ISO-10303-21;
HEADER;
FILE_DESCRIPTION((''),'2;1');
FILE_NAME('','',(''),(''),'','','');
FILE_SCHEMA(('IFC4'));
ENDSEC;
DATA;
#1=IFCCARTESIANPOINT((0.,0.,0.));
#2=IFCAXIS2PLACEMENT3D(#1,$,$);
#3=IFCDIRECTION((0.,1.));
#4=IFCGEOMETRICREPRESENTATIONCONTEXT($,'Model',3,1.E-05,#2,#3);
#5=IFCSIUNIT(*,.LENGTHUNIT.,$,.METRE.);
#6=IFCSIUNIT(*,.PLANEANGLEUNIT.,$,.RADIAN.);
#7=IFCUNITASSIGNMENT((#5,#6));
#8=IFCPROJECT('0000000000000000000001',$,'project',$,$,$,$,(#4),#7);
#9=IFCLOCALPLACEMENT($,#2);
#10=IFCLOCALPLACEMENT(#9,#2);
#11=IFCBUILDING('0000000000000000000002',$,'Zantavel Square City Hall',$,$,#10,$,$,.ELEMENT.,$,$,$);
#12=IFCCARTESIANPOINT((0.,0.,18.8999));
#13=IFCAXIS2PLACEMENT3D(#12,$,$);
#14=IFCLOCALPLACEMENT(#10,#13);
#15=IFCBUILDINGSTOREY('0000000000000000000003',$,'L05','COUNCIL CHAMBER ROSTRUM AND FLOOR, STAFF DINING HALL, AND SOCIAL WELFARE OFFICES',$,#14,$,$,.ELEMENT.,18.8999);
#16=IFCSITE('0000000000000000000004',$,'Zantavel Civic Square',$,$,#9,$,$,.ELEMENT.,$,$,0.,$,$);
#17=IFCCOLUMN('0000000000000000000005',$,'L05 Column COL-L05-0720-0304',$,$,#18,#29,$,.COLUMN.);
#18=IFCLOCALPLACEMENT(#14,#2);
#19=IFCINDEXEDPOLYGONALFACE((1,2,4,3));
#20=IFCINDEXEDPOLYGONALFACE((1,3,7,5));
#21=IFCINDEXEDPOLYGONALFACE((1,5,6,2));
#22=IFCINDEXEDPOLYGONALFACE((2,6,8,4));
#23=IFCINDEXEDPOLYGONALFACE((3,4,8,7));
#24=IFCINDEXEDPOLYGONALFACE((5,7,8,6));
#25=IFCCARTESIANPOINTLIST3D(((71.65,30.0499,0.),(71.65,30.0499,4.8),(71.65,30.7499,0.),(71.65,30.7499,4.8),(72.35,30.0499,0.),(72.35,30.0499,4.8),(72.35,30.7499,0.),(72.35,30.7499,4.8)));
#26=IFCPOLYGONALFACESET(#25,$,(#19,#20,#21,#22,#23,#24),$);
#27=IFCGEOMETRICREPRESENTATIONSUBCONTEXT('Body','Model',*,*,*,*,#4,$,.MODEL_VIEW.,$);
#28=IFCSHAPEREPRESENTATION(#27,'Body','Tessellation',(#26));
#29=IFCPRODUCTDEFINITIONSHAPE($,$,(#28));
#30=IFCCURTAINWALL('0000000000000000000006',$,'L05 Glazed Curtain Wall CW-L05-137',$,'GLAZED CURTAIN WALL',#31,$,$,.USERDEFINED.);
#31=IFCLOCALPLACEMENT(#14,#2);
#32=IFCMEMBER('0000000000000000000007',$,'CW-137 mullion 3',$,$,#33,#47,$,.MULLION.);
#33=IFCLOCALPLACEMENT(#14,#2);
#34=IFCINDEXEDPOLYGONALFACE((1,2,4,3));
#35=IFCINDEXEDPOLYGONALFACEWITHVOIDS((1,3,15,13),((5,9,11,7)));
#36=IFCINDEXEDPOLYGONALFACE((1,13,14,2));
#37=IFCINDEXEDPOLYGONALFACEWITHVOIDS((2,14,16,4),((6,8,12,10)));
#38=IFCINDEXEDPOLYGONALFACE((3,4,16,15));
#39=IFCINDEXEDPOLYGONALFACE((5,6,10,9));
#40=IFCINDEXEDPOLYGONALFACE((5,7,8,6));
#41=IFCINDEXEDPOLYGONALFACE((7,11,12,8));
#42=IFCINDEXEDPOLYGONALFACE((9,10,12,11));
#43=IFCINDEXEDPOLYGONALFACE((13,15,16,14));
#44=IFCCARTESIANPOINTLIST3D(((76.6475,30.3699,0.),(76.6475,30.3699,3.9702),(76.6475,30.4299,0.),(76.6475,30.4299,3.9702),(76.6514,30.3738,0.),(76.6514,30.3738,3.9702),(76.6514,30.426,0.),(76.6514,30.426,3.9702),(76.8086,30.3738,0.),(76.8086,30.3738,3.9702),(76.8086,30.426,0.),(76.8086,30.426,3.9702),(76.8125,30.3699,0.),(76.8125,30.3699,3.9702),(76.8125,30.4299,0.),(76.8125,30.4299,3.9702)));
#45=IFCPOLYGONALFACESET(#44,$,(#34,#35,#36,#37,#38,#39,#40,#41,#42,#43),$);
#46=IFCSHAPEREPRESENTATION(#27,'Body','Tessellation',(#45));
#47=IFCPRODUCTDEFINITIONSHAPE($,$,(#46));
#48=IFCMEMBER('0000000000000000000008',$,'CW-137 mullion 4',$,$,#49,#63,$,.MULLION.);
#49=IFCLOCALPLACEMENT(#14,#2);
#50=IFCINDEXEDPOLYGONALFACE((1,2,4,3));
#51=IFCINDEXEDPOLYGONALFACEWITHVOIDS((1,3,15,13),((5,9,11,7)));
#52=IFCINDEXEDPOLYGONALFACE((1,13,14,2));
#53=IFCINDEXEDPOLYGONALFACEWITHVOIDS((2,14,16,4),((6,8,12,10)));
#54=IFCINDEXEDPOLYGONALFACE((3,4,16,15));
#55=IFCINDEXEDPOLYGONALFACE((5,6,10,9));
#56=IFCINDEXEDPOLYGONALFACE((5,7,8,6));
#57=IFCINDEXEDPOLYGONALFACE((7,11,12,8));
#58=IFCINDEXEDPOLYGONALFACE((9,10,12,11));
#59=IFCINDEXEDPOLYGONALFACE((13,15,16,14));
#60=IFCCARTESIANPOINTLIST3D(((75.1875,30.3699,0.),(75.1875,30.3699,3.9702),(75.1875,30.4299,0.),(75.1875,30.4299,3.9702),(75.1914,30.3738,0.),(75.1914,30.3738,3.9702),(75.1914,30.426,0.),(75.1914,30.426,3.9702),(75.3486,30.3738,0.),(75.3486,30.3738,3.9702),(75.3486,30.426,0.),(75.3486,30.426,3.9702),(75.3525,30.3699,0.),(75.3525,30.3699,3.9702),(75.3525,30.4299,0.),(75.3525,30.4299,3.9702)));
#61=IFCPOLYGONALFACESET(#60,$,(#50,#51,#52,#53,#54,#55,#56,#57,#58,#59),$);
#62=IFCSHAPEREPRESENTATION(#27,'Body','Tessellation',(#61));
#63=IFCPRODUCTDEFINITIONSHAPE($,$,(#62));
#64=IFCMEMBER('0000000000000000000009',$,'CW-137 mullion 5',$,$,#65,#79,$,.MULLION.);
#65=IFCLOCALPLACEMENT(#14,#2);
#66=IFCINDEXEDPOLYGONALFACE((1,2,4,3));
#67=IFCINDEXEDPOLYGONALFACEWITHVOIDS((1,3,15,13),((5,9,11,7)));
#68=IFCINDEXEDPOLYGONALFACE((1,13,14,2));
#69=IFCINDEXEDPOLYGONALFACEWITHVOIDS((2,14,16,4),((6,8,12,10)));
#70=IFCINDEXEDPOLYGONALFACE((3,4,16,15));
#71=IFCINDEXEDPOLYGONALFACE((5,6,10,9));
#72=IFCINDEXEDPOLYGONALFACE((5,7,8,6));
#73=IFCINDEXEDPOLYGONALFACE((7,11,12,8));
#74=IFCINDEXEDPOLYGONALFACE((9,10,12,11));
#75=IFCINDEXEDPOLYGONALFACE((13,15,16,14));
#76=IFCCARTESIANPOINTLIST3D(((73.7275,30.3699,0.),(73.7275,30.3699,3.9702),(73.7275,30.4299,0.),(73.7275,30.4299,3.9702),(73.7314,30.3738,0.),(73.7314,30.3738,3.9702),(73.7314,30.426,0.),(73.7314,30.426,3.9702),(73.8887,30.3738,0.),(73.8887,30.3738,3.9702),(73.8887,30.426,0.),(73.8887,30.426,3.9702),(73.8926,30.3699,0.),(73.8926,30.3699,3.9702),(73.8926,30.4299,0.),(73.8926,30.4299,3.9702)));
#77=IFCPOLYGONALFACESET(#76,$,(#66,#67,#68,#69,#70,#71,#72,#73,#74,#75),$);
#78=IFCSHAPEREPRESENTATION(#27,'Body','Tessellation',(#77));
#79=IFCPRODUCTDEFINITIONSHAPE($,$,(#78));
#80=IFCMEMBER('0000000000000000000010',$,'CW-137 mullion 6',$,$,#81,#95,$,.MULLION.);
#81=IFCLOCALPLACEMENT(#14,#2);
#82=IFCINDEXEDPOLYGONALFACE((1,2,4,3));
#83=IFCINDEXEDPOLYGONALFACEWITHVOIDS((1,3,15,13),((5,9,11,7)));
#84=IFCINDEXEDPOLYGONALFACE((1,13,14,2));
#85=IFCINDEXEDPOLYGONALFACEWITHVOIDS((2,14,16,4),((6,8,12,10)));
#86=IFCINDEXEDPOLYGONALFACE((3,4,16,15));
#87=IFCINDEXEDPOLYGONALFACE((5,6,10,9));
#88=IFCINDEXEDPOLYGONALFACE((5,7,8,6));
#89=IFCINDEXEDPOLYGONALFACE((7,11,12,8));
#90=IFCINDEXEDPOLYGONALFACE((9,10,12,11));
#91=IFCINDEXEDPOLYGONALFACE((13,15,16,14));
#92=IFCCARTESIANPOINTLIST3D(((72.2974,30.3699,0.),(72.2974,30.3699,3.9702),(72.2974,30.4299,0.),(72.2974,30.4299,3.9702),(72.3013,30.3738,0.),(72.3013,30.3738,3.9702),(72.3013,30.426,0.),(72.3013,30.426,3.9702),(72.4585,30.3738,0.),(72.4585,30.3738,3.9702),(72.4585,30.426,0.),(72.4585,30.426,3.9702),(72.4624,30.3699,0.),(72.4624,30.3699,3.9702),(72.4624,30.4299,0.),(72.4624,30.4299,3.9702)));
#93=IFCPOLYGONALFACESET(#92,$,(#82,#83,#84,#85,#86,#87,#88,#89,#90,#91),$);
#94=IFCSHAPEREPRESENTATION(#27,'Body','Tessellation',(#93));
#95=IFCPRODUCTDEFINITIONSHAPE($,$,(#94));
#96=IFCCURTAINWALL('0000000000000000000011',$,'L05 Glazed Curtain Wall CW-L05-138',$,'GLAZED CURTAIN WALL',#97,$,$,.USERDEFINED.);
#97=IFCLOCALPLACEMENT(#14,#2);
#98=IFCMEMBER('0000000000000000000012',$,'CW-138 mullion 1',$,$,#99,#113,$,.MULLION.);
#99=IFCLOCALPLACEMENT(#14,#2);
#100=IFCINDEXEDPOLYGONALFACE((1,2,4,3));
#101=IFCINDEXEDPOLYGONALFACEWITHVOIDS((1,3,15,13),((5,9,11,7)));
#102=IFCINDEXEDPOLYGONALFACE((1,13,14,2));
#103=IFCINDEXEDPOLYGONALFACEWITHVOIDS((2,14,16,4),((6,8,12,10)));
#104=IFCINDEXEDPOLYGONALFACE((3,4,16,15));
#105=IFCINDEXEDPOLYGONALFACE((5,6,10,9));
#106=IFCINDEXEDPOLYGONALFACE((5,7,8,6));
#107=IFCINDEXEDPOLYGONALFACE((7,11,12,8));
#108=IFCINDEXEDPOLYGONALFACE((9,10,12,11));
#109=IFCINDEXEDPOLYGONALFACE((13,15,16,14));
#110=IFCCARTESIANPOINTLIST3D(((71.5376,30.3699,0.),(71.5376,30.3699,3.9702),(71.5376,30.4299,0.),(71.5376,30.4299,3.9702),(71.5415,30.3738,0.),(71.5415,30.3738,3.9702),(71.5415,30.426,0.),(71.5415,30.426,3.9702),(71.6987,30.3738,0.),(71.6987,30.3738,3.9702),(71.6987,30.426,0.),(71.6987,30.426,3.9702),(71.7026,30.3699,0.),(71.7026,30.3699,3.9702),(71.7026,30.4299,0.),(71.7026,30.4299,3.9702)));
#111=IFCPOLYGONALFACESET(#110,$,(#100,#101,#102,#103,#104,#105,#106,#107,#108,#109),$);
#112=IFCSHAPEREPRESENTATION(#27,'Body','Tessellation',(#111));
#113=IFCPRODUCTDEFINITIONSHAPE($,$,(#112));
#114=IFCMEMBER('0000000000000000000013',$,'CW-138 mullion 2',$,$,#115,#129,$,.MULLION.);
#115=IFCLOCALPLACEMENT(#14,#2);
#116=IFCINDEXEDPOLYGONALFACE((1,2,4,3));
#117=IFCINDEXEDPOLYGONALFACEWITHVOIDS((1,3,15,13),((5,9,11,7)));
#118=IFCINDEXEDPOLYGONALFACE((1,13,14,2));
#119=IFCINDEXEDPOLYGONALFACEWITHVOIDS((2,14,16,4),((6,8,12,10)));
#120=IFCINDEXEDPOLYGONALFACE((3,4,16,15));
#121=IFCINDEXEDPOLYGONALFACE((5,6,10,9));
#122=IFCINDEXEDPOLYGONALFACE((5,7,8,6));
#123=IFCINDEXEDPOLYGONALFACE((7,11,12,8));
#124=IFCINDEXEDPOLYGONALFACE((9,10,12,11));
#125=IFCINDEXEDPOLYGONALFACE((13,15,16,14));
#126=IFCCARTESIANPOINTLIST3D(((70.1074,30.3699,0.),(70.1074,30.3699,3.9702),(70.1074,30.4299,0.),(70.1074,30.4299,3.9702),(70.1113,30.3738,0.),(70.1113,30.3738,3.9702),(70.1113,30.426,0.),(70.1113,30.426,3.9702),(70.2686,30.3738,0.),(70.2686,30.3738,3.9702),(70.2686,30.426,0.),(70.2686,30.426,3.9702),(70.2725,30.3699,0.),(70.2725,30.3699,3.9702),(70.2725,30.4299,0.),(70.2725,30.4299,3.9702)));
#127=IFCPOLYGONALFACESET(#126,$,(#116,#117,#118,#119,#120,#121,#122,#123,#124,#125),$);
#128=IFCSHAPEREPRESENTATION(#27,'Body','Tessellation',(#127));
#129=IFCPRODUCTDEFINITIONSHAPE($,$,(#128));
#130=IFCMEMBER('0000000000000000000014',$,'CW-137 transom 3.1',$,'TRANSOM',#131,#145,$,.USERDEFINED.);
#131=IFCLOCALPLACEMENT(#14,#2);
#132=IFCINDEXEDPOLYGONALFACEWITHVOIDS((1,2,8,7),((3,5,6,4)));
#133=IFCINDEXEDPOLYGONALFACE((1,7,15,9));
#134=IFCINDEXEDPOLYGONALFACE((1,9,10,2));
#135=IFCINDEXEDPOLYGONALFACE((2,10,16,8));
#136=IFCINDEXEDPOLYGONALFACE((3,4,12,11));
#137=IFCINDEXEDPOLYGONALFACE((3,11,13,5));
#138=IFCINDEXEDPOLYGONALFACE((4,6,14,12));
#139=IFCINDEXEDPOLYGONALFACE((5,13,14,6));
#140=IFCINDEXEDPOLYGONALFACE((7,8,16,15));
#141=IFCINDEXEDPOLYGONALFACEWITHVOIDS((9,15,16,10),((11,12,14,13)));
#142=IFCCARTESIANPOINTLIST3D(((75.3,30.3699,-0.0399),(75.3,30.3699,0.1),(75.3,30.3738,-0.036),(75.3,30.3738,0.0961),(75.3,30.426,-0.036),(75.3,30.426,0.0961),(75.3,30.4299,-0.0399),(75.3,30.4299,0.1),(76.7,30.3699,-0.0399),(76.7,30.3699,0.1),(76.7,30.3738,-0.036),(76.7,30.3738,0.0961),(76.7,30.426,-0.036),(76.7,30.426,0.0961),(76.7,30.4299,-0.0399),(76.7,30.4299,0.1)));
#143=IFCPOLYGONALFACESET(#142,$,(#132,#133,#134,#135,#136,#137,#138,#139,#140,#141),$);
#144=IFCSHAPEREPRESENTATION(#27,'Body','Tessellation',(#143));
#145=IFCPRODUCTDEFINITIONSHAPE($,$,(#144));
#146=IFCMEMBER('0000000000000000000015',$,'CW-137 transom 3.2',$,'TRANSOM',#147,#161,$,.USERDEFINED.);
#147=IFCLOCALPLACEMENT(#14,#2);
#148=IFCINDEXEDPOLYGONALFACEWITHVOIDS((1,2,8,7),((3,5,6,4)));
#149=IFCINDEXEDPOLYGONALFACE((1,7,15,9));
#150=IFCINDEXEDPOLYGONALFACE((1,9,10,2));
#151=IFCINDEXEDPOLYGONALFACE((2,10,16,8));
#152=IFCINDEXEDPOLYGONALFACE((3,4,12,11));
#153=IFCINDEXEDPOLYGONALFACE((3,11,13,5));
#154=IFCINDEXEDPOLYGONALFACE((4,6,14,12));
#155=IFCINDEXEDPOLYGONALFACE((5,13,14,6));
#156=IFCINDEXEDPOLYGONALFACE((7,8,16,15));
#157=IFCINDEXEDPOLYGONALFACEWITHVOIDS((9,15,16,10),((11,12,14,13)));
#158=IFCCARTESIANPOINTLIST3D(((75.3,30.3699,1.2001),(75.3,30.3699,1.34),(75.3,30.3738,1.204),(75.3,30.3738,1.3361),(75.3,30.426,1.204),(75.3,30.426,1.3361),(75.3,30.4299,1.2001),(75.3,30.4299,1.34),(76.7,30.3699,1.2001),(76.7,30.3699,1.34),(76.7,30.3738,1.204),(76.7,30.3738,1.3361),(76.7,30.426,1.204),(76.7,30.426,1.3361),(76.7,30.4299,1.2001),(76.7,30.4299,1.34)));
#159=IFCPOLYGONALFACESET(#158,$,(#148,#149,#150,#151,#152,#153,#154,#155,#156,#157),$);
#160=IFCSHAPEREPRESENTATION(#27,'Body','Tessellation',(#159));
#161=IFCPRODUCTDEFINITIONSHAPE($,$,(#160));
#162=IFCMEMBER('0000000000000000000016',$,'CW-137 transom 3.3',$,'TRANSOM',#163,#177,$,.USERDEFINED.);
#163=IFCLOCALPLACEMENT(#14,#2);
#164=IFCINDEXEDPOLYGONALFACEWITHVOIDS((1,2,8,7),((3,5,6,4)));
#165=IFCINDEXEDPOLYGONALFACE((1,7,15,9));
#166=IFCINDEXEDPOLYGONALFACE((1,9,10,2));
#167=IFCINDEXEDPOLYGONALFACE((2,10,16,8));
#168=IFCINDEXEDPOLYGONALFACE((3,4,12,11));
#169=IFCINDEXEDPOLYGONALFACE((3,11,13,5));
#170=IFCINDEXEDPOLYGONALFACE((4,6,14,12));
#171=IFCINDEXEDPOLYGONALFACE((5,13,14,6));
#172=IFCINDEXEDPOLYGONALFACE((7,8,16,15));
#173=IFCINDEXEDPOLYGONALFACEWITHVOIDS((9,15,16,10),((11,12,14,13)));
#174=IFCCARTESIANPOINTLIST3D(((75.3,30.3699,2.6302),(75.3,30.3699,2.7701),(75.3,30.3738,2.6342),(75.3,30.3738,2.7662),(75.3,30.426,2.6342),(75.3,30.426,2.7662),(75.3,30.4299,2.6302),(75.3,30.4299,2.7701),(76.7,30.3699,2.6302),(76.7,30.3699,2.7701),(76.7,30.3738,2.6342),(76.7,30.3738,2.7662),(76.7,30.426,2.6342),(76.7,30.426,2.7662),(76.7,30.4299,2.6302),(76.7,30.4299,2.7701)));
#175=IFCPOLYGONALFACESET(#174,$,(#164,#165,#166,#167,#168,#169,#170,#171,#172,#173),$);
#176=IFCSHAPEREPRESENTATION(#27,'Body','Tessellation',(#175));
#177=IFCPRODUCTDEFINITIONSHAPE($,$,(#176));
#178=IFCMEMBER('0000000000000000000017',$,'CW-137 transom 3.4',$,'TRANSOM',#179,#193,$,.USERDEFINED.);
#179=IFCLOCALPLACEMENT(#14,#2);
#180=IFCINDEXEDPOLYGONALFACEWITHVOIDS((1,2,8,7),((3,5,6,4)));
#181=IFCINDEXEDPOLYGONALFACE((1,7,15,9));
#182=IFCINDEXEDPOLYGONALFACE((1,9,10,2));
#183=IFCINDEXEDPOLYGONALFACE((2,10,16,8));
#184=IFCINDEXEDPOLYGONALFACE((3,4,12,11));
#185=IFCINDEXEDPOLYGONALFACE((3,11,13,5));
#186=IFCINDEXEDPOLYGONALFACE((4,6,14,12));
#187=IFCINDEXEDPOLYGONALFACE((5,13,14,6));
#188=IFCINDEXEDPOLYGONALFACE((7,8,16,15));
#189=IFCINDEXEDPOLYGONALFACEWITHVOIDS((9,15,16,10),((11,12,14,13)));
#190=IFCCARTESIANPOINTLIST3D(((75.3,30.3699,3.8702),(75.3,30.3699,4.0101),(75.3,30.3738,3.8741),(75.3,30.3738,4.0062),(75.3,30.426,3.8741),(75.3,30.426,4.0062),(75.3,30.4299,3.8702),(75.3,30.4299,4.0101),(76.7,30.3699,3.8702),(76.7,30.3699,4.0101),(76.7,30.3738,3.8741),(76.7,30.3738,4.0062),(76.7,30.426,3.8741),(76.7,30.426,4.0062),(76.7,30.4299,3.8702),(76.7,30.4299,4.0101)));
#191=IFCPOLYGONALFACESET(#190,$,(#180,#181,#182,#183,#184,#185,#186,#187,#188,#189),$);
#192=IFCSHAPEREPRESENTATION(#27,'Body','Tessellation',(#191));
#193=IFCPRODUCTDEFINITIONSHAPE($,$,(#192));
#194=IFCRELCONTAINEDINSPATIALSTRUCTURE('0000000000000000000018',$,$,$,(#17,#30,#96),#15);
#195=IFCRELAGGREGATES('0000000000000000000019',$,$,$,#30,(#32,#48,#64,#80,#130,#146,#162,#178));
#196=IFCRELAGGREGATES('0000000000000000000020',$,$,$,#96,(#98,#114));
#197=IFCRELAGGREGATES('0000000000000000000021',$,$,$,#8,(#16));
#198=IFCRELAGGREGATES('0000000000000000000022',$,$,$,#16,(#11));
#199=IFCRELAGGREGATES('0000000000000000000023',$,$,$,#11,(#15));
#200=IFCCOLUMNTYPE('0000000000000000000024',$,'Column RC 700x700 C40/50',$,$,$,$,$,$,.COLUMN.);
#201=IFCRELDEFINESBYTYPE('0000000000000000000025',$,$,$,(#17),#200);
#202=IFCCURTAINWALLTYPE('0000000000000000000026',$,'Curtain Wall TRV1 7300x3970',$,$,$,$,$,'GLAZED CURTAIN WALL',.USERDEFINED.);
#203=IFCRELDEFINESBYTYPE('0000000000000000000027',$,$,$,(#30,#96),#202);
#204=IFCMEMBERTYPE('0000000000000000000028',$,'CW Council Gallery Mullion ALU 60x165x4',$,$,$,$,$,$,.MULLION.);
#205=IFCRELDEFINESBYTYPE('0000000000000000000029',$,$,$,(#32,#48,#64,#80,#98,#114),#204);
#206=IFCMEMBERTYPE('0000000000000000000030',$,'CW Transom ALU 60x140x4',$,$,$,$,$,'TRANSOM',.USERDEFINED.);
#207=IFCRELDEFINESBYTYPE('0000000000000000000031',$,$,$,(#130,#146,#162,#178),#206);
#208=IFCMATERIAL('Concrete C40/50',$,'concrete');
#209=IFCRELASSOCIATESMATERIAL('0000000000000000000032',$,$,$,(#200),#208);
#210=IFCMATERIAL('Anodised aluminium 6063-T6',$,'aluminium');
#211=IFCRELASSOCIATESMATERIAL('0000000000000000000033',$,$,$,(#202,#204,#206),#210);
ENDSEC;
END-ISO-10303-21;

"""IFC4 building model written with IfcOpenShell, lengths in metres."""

from ifc_helpers import new_model, si_unit, direction, frame, origin, origin_2d, place, context, subcontext, project, spatial, rectangle, hollow_rectangle, extrude, material, material_profile, profile_set, type_object, element, aggregate, save


model = new_model("IFC4")

# Units and contexts
model_context = context("Model", 3, precision=1e-05, world=origin(), true_north=direction((0.0, 1.0)))
body_context = subcontext(model_context, "Body", "Model", "MODEL_VIEW")
ifc_project = project(units=[si_unit("LENGTHUNIT", "METRE"), si_unit("PLANEANGLEUNIT", "RADIAN")], contexts=[model_context])

# Site, building, storey
site_placement = place(None, origin())
site = spatial("IfcSite", under=ifc_project, at=site_placement, Name="Zantavel Civic Square", CompositionType="ELEMENT", RefElevation=0.0)
building_placement = place(site_placement, origin())
building = spatial("IfcBuilding", under=site, at=building_placement, Name="Zantavel Square City Hall", CompositionType="ELEMENT")
storey_placement = place(building_placement, frame((0.0, 0.0, 18.8999)))
storey = spatial("IfcBuildingStorey", under=building, at=storey_placement, Name="L05", Description="COUNCIL CHAMBER ROSTRUM AND FLOOR, STAFF DINING HALL, AND SOCIAL WELFARE OFFICES", CompositionType="ELEMENT", Elevation=18.8999)

# Column
ifc_material_1 = material(Name="Concrete C40/50", Category="concrete")
ifc_material_profile_1 = material_profile(ifc_material_1, rectangle(XDim=0.7, YDim=0.7, at=origin_2d()), Name="RC 700x700")
ifc_profile_set_1 = profile_set([ifc_material_profile_1], Name="Concrete C40/50")
column_type = type_object("IfcColumnType", Name="Column RC 700x700 C40/50", PredefinedType="COLUMN", material=ifc_profile_set_1)
column_placement = place(storey_placement, frame((72.0, 30.3999, 0.0), z_axis=(0.0, 0.0, 1.0), x_axis=(1.0, 0.0, 0.0)))
element("IfcColumn", 1, at=column_placement, inside=storey, type_object=column_type, Name="L05 Column COL-L05-0720-0304", PredefinedType="COLUMN", context=body_context, shape_type="SweptSolid", body=[
    extrude(rectangle(XDim=0.7, YDim=0.7, at=origin_2d()), origin(), (0.0, 0.0, 1.0), 4.8),
])

# Curtain walls, members
ifc_material_2 = material(Name="Anodised aluminium 6063-T6", Category="aluminium")
curtain_wall_type = type_object("IfcCurtainWallType", Name="Curtain Wall TRV1 7300x3970", ElementType="GLAZED CURTAIN WALL", PredefinedType="USERDEFINED", material=ifc_material_2)
curtain_wall_1_placement = place(storey_placement, origin())
curtain_wall_1 = element("IfcCurtainWall", 2, at=curtain_wall_1_placement, inside=storey, type_object=curtain_wall_type, Name="L05 Glazed Curtain Wall CW-L05-137", ObjectType="GLAZED CURTAIN WALL", PredefinedType="USERDEFINED")
ifc_material_profile_2 = material_profile(ifc_material_2, hollow_rectangle(XDim=0.0601, YDim=0.165, WallThickness=0.0039, at=origin_2d()), Name="ALU 60x165x4")
ifc_profile_set_2 = profile_set([ifc_material_profile_2], Name="Anodised aluminium 6063-T6")
member_type_1 = type_object("IfcMemberType", Name="CW Council Gallery Mullion ALU 60x165x4", PredefinedType="MULLION", material=ifc_profile_set_2)
member_1_placement = place(storey_placement, frame((76.73, 30.3999, 0.0), z_axis=(0.0, 0.0, 1.0), x_axis=(0.0, -1.0, 0.0)))
member_1 = element("IfcMember", 3, at=member_1_placement, type_object=member_type_1, Name="CW-137 mullion 3", PredefinedType="MULLION", context=body_context, shape_type="SweptSolid", body=[
    extrude(hollow_rectangle(XDim=0.0601, YDim=0.165, WallThickness=0.0039, at=origin_2d()), origin(), (0.0, 0.0, 1.0), 3.9702),
])
member_2_placement = place(storey_placement, frame((75.27, 30.3999, 0.0), z_axis=(0.0, 0.0, 1.0), x_axis=(0.0, -1.0, 0.0)))
member_2 = element("IfcMember", 4, at=member_2_placement, type_object=member_type_1, Name="CW-137 mullion 4", PredefinedType="MULLION", context=body_context, shape_type="SweptSolid", body=[
    extrude(hollow_rectangle(XDim=0.0601, YDim=0.165, WallThickness=0.0039, at=origin_2d()), origin(), (0.0, 0.0, 1.0), 3.9702),
])
member_3_placement = place(storey_placement, frame((73.8101, 30.3999, 0.0), z_axis=(0.0, 0.0, 1.0), x_axis=(0.0, -1.0, 0.0)))
member_3 = element("IfcMember", 5, at=member_3_placement, type_object=member_type_1, Name="CW-137 mullion 5", PredefinedType="MULLION", context=body_context, shape_type="SweptSolid", body=[
    extrude(hollow_rectangle(XDim=0.0601, YDim=0.165, WallThickness=0.0039, at=origin_2d()), origin(), (0.0, 0.0, 1.0), 3.9702),
])
member_4_placement = place(storey_placement, frame((72.3799, 30.3999, 0.0), z_axis=(0.0, 0.0, 1.0), x_axis=(0.0, -1.0, 0.0)))
member_4 = element("IfcMember", 6, at=member_4_placement, type_object=member_type_1, Name="CW-137 mullion 6", PredefinedType="MULLION", context=body_context, shape_type="SweptSolid", body=[
    extrude(hollow_rectangle(XDim=0.0601, YDim=0.165, WallThickness=0.0039, at=origin_2d()), origin(), (0.0, 0.0, 1.0), 3.9702),
])
curtain_wall_2_placement = place(storey_placement, origin())
curtain_wall_2 = element("IfcCurtainWall", 7, at=curtain_wall_2_placement, inside=storey, type_object=curtain_wall_type, Name="L05 Glazed Curtain Wall CW-L05-138", ObjectType="GLAZED CURTAIN WALL", PredefinedType="USERDEFINED")
member_5_placement = place(storey_placement, frame((71.6201, 30.3999, 0.0), z_axis=(0.0, 0.0, 1.0), x_axis=(0.0, -1.0, 0.0)))
member_5 = element("IfcMember", 8, at=member_5_placement, type_object=member_type_1, Name="CW-138 mullion 1", PredefinedType="MULLION", context=body_context, shape_type="SweptSolid", body=[
    extrude(hollow_rectangle(XDim=0.0601, YDim=0.165, WallThickness=0.0039, at=origin_2d()), origin(), (0.0, 0.0, 1.0), 3.9702),
])
member_6_placement = place(storey_placement, frame((70.1899, 30.3999, 0.0), z_axis=(0.0, 0.0, 1.0), x_axis=(0.0, -1.0, 0.0)))
member_6 = element("IfcMember", 9, at=member_6_placement, type_object=member_type_1, Name="CW-138 mullion 2", PredefinedType="MULLION", context=body_context, shape_type="SweptSolid", body=[
    extrude(hollow_rectangle(XDim=0.0601, YDim=0.165, WallThickness=0.0039, at=origin_2d()), origin(), (0.0, 0.0, 1.0), 3.9702),
])

# Members
ifc_material_profile_3 = material_profile(ifc_material_2, hollow_rectangle(XDim=0.0601, YDim=0.1399, WallThickness=0.0039, at=origin_2d()), Name="ALU 60x140x4")
ifc_profile_set_3 = profile_set([ifc_material_profile_3], Name="Anodised aluminium 6063-T6")
member_type_2 = type_object("IfcMemberType", Name="CW Transom ALU 60x140x4", ElementType="TRANSOM", PredefinedType="USERDEFINED", material=ifc_profile_set_3)
member_7_placement = place(storey_placement, frame((76.7, 30.3999, 0.03), z_axis=(-1.0, 0.0, 0.0), x_axis=(0.0, -1.0, 0.0)))
member_7 = element("IfcMember", 10, at=member_7_placement, type_object=member_type_2, Name="CW-137 transom 3.1", ObjectType="TRANSOM", PredefinedType="USERDEFINED", context=body_context, shape_type="SweptSolid", body=[
    extrude(hollow_rectangle(XDim=0.0601, YDim=0.1399, WallThickness=0.0039, at=origin_2d()), origin(), (0.0, 0.0, 1.0), 1.3999),
])
member_8_placement = place(storey_placement, frame((76.7, 30.3999, 1.27), z_axis=(-1.0, 0.0, 0.0), x_axis=(0.0, -1.0, 0.0)))
member_8 = element("IfcMember", 11, at=member_8_placement, type_object=member_type_2, Name="CW-137 transom 3.2", ObjectType="TRANSOM", PredefinedType="USERDEFINED", context=body_context, shape_type="SweptSolid", body=[
    extrude(hollow_rectangle(XDim=0.0601, YDim=0.1399, WallThickness=0.0039, at=origin_2d()), origin(), (0.0, 0.0, 1.0), 1.3999),
])
member_9_placement = place(storey_placement, frame((76.7, 30.3999, 2.7002), z_axis=(-1.0, 0.0, 0.0), x_axis=(0.0, -1.0, 0.0)))
member_9 = element("IfcMember", 12, at=member_9_placement, type_object=member_type_2, Name="CW-137 transom 3.3", ObjectType="TRANSOM", PredefinedType="USERDEFINED", context=body_context, shape_type="SweptSolid", body=[
    extrude(hollow_rectangle(XDim=0.0601, YDim=0.1399, WallThickness=0.0039, at=origin_2d()), origin(), (0.0, 0.0, 1.0), 1.3999),
])
member_10_placement = place(storey_placement, frame((76.7, 30.3999, 3.9402), z_axis=(-1.0, 0.0, 0.0), x_axis=(0.0, -1.0, 0.0)))
member_10 = element("IfcMember", 13, at=member_10_placement, type_object=member_type_2, Name="CW-137 transom 3.4", ObjectType="TRANSOM", PredefinedType="USERDEFINED", context=body_context, shape_type="SweptSolid", body=[
    extrude(hollow_rectangle(XDim=0.0601, YDim=0.1399, WallThickness=0.0039, at=origin_2d()), origin(), (0.0, 0.0, 1.0), 1.3999),
])

aggregate(curtain_wall_1, [member_1, member_2, member_3, member_4, member_7, member_8, member_9, member_10])
aggregate(curtain_wall_2, [member_5, member_6])

save(model, "model.ifc")
